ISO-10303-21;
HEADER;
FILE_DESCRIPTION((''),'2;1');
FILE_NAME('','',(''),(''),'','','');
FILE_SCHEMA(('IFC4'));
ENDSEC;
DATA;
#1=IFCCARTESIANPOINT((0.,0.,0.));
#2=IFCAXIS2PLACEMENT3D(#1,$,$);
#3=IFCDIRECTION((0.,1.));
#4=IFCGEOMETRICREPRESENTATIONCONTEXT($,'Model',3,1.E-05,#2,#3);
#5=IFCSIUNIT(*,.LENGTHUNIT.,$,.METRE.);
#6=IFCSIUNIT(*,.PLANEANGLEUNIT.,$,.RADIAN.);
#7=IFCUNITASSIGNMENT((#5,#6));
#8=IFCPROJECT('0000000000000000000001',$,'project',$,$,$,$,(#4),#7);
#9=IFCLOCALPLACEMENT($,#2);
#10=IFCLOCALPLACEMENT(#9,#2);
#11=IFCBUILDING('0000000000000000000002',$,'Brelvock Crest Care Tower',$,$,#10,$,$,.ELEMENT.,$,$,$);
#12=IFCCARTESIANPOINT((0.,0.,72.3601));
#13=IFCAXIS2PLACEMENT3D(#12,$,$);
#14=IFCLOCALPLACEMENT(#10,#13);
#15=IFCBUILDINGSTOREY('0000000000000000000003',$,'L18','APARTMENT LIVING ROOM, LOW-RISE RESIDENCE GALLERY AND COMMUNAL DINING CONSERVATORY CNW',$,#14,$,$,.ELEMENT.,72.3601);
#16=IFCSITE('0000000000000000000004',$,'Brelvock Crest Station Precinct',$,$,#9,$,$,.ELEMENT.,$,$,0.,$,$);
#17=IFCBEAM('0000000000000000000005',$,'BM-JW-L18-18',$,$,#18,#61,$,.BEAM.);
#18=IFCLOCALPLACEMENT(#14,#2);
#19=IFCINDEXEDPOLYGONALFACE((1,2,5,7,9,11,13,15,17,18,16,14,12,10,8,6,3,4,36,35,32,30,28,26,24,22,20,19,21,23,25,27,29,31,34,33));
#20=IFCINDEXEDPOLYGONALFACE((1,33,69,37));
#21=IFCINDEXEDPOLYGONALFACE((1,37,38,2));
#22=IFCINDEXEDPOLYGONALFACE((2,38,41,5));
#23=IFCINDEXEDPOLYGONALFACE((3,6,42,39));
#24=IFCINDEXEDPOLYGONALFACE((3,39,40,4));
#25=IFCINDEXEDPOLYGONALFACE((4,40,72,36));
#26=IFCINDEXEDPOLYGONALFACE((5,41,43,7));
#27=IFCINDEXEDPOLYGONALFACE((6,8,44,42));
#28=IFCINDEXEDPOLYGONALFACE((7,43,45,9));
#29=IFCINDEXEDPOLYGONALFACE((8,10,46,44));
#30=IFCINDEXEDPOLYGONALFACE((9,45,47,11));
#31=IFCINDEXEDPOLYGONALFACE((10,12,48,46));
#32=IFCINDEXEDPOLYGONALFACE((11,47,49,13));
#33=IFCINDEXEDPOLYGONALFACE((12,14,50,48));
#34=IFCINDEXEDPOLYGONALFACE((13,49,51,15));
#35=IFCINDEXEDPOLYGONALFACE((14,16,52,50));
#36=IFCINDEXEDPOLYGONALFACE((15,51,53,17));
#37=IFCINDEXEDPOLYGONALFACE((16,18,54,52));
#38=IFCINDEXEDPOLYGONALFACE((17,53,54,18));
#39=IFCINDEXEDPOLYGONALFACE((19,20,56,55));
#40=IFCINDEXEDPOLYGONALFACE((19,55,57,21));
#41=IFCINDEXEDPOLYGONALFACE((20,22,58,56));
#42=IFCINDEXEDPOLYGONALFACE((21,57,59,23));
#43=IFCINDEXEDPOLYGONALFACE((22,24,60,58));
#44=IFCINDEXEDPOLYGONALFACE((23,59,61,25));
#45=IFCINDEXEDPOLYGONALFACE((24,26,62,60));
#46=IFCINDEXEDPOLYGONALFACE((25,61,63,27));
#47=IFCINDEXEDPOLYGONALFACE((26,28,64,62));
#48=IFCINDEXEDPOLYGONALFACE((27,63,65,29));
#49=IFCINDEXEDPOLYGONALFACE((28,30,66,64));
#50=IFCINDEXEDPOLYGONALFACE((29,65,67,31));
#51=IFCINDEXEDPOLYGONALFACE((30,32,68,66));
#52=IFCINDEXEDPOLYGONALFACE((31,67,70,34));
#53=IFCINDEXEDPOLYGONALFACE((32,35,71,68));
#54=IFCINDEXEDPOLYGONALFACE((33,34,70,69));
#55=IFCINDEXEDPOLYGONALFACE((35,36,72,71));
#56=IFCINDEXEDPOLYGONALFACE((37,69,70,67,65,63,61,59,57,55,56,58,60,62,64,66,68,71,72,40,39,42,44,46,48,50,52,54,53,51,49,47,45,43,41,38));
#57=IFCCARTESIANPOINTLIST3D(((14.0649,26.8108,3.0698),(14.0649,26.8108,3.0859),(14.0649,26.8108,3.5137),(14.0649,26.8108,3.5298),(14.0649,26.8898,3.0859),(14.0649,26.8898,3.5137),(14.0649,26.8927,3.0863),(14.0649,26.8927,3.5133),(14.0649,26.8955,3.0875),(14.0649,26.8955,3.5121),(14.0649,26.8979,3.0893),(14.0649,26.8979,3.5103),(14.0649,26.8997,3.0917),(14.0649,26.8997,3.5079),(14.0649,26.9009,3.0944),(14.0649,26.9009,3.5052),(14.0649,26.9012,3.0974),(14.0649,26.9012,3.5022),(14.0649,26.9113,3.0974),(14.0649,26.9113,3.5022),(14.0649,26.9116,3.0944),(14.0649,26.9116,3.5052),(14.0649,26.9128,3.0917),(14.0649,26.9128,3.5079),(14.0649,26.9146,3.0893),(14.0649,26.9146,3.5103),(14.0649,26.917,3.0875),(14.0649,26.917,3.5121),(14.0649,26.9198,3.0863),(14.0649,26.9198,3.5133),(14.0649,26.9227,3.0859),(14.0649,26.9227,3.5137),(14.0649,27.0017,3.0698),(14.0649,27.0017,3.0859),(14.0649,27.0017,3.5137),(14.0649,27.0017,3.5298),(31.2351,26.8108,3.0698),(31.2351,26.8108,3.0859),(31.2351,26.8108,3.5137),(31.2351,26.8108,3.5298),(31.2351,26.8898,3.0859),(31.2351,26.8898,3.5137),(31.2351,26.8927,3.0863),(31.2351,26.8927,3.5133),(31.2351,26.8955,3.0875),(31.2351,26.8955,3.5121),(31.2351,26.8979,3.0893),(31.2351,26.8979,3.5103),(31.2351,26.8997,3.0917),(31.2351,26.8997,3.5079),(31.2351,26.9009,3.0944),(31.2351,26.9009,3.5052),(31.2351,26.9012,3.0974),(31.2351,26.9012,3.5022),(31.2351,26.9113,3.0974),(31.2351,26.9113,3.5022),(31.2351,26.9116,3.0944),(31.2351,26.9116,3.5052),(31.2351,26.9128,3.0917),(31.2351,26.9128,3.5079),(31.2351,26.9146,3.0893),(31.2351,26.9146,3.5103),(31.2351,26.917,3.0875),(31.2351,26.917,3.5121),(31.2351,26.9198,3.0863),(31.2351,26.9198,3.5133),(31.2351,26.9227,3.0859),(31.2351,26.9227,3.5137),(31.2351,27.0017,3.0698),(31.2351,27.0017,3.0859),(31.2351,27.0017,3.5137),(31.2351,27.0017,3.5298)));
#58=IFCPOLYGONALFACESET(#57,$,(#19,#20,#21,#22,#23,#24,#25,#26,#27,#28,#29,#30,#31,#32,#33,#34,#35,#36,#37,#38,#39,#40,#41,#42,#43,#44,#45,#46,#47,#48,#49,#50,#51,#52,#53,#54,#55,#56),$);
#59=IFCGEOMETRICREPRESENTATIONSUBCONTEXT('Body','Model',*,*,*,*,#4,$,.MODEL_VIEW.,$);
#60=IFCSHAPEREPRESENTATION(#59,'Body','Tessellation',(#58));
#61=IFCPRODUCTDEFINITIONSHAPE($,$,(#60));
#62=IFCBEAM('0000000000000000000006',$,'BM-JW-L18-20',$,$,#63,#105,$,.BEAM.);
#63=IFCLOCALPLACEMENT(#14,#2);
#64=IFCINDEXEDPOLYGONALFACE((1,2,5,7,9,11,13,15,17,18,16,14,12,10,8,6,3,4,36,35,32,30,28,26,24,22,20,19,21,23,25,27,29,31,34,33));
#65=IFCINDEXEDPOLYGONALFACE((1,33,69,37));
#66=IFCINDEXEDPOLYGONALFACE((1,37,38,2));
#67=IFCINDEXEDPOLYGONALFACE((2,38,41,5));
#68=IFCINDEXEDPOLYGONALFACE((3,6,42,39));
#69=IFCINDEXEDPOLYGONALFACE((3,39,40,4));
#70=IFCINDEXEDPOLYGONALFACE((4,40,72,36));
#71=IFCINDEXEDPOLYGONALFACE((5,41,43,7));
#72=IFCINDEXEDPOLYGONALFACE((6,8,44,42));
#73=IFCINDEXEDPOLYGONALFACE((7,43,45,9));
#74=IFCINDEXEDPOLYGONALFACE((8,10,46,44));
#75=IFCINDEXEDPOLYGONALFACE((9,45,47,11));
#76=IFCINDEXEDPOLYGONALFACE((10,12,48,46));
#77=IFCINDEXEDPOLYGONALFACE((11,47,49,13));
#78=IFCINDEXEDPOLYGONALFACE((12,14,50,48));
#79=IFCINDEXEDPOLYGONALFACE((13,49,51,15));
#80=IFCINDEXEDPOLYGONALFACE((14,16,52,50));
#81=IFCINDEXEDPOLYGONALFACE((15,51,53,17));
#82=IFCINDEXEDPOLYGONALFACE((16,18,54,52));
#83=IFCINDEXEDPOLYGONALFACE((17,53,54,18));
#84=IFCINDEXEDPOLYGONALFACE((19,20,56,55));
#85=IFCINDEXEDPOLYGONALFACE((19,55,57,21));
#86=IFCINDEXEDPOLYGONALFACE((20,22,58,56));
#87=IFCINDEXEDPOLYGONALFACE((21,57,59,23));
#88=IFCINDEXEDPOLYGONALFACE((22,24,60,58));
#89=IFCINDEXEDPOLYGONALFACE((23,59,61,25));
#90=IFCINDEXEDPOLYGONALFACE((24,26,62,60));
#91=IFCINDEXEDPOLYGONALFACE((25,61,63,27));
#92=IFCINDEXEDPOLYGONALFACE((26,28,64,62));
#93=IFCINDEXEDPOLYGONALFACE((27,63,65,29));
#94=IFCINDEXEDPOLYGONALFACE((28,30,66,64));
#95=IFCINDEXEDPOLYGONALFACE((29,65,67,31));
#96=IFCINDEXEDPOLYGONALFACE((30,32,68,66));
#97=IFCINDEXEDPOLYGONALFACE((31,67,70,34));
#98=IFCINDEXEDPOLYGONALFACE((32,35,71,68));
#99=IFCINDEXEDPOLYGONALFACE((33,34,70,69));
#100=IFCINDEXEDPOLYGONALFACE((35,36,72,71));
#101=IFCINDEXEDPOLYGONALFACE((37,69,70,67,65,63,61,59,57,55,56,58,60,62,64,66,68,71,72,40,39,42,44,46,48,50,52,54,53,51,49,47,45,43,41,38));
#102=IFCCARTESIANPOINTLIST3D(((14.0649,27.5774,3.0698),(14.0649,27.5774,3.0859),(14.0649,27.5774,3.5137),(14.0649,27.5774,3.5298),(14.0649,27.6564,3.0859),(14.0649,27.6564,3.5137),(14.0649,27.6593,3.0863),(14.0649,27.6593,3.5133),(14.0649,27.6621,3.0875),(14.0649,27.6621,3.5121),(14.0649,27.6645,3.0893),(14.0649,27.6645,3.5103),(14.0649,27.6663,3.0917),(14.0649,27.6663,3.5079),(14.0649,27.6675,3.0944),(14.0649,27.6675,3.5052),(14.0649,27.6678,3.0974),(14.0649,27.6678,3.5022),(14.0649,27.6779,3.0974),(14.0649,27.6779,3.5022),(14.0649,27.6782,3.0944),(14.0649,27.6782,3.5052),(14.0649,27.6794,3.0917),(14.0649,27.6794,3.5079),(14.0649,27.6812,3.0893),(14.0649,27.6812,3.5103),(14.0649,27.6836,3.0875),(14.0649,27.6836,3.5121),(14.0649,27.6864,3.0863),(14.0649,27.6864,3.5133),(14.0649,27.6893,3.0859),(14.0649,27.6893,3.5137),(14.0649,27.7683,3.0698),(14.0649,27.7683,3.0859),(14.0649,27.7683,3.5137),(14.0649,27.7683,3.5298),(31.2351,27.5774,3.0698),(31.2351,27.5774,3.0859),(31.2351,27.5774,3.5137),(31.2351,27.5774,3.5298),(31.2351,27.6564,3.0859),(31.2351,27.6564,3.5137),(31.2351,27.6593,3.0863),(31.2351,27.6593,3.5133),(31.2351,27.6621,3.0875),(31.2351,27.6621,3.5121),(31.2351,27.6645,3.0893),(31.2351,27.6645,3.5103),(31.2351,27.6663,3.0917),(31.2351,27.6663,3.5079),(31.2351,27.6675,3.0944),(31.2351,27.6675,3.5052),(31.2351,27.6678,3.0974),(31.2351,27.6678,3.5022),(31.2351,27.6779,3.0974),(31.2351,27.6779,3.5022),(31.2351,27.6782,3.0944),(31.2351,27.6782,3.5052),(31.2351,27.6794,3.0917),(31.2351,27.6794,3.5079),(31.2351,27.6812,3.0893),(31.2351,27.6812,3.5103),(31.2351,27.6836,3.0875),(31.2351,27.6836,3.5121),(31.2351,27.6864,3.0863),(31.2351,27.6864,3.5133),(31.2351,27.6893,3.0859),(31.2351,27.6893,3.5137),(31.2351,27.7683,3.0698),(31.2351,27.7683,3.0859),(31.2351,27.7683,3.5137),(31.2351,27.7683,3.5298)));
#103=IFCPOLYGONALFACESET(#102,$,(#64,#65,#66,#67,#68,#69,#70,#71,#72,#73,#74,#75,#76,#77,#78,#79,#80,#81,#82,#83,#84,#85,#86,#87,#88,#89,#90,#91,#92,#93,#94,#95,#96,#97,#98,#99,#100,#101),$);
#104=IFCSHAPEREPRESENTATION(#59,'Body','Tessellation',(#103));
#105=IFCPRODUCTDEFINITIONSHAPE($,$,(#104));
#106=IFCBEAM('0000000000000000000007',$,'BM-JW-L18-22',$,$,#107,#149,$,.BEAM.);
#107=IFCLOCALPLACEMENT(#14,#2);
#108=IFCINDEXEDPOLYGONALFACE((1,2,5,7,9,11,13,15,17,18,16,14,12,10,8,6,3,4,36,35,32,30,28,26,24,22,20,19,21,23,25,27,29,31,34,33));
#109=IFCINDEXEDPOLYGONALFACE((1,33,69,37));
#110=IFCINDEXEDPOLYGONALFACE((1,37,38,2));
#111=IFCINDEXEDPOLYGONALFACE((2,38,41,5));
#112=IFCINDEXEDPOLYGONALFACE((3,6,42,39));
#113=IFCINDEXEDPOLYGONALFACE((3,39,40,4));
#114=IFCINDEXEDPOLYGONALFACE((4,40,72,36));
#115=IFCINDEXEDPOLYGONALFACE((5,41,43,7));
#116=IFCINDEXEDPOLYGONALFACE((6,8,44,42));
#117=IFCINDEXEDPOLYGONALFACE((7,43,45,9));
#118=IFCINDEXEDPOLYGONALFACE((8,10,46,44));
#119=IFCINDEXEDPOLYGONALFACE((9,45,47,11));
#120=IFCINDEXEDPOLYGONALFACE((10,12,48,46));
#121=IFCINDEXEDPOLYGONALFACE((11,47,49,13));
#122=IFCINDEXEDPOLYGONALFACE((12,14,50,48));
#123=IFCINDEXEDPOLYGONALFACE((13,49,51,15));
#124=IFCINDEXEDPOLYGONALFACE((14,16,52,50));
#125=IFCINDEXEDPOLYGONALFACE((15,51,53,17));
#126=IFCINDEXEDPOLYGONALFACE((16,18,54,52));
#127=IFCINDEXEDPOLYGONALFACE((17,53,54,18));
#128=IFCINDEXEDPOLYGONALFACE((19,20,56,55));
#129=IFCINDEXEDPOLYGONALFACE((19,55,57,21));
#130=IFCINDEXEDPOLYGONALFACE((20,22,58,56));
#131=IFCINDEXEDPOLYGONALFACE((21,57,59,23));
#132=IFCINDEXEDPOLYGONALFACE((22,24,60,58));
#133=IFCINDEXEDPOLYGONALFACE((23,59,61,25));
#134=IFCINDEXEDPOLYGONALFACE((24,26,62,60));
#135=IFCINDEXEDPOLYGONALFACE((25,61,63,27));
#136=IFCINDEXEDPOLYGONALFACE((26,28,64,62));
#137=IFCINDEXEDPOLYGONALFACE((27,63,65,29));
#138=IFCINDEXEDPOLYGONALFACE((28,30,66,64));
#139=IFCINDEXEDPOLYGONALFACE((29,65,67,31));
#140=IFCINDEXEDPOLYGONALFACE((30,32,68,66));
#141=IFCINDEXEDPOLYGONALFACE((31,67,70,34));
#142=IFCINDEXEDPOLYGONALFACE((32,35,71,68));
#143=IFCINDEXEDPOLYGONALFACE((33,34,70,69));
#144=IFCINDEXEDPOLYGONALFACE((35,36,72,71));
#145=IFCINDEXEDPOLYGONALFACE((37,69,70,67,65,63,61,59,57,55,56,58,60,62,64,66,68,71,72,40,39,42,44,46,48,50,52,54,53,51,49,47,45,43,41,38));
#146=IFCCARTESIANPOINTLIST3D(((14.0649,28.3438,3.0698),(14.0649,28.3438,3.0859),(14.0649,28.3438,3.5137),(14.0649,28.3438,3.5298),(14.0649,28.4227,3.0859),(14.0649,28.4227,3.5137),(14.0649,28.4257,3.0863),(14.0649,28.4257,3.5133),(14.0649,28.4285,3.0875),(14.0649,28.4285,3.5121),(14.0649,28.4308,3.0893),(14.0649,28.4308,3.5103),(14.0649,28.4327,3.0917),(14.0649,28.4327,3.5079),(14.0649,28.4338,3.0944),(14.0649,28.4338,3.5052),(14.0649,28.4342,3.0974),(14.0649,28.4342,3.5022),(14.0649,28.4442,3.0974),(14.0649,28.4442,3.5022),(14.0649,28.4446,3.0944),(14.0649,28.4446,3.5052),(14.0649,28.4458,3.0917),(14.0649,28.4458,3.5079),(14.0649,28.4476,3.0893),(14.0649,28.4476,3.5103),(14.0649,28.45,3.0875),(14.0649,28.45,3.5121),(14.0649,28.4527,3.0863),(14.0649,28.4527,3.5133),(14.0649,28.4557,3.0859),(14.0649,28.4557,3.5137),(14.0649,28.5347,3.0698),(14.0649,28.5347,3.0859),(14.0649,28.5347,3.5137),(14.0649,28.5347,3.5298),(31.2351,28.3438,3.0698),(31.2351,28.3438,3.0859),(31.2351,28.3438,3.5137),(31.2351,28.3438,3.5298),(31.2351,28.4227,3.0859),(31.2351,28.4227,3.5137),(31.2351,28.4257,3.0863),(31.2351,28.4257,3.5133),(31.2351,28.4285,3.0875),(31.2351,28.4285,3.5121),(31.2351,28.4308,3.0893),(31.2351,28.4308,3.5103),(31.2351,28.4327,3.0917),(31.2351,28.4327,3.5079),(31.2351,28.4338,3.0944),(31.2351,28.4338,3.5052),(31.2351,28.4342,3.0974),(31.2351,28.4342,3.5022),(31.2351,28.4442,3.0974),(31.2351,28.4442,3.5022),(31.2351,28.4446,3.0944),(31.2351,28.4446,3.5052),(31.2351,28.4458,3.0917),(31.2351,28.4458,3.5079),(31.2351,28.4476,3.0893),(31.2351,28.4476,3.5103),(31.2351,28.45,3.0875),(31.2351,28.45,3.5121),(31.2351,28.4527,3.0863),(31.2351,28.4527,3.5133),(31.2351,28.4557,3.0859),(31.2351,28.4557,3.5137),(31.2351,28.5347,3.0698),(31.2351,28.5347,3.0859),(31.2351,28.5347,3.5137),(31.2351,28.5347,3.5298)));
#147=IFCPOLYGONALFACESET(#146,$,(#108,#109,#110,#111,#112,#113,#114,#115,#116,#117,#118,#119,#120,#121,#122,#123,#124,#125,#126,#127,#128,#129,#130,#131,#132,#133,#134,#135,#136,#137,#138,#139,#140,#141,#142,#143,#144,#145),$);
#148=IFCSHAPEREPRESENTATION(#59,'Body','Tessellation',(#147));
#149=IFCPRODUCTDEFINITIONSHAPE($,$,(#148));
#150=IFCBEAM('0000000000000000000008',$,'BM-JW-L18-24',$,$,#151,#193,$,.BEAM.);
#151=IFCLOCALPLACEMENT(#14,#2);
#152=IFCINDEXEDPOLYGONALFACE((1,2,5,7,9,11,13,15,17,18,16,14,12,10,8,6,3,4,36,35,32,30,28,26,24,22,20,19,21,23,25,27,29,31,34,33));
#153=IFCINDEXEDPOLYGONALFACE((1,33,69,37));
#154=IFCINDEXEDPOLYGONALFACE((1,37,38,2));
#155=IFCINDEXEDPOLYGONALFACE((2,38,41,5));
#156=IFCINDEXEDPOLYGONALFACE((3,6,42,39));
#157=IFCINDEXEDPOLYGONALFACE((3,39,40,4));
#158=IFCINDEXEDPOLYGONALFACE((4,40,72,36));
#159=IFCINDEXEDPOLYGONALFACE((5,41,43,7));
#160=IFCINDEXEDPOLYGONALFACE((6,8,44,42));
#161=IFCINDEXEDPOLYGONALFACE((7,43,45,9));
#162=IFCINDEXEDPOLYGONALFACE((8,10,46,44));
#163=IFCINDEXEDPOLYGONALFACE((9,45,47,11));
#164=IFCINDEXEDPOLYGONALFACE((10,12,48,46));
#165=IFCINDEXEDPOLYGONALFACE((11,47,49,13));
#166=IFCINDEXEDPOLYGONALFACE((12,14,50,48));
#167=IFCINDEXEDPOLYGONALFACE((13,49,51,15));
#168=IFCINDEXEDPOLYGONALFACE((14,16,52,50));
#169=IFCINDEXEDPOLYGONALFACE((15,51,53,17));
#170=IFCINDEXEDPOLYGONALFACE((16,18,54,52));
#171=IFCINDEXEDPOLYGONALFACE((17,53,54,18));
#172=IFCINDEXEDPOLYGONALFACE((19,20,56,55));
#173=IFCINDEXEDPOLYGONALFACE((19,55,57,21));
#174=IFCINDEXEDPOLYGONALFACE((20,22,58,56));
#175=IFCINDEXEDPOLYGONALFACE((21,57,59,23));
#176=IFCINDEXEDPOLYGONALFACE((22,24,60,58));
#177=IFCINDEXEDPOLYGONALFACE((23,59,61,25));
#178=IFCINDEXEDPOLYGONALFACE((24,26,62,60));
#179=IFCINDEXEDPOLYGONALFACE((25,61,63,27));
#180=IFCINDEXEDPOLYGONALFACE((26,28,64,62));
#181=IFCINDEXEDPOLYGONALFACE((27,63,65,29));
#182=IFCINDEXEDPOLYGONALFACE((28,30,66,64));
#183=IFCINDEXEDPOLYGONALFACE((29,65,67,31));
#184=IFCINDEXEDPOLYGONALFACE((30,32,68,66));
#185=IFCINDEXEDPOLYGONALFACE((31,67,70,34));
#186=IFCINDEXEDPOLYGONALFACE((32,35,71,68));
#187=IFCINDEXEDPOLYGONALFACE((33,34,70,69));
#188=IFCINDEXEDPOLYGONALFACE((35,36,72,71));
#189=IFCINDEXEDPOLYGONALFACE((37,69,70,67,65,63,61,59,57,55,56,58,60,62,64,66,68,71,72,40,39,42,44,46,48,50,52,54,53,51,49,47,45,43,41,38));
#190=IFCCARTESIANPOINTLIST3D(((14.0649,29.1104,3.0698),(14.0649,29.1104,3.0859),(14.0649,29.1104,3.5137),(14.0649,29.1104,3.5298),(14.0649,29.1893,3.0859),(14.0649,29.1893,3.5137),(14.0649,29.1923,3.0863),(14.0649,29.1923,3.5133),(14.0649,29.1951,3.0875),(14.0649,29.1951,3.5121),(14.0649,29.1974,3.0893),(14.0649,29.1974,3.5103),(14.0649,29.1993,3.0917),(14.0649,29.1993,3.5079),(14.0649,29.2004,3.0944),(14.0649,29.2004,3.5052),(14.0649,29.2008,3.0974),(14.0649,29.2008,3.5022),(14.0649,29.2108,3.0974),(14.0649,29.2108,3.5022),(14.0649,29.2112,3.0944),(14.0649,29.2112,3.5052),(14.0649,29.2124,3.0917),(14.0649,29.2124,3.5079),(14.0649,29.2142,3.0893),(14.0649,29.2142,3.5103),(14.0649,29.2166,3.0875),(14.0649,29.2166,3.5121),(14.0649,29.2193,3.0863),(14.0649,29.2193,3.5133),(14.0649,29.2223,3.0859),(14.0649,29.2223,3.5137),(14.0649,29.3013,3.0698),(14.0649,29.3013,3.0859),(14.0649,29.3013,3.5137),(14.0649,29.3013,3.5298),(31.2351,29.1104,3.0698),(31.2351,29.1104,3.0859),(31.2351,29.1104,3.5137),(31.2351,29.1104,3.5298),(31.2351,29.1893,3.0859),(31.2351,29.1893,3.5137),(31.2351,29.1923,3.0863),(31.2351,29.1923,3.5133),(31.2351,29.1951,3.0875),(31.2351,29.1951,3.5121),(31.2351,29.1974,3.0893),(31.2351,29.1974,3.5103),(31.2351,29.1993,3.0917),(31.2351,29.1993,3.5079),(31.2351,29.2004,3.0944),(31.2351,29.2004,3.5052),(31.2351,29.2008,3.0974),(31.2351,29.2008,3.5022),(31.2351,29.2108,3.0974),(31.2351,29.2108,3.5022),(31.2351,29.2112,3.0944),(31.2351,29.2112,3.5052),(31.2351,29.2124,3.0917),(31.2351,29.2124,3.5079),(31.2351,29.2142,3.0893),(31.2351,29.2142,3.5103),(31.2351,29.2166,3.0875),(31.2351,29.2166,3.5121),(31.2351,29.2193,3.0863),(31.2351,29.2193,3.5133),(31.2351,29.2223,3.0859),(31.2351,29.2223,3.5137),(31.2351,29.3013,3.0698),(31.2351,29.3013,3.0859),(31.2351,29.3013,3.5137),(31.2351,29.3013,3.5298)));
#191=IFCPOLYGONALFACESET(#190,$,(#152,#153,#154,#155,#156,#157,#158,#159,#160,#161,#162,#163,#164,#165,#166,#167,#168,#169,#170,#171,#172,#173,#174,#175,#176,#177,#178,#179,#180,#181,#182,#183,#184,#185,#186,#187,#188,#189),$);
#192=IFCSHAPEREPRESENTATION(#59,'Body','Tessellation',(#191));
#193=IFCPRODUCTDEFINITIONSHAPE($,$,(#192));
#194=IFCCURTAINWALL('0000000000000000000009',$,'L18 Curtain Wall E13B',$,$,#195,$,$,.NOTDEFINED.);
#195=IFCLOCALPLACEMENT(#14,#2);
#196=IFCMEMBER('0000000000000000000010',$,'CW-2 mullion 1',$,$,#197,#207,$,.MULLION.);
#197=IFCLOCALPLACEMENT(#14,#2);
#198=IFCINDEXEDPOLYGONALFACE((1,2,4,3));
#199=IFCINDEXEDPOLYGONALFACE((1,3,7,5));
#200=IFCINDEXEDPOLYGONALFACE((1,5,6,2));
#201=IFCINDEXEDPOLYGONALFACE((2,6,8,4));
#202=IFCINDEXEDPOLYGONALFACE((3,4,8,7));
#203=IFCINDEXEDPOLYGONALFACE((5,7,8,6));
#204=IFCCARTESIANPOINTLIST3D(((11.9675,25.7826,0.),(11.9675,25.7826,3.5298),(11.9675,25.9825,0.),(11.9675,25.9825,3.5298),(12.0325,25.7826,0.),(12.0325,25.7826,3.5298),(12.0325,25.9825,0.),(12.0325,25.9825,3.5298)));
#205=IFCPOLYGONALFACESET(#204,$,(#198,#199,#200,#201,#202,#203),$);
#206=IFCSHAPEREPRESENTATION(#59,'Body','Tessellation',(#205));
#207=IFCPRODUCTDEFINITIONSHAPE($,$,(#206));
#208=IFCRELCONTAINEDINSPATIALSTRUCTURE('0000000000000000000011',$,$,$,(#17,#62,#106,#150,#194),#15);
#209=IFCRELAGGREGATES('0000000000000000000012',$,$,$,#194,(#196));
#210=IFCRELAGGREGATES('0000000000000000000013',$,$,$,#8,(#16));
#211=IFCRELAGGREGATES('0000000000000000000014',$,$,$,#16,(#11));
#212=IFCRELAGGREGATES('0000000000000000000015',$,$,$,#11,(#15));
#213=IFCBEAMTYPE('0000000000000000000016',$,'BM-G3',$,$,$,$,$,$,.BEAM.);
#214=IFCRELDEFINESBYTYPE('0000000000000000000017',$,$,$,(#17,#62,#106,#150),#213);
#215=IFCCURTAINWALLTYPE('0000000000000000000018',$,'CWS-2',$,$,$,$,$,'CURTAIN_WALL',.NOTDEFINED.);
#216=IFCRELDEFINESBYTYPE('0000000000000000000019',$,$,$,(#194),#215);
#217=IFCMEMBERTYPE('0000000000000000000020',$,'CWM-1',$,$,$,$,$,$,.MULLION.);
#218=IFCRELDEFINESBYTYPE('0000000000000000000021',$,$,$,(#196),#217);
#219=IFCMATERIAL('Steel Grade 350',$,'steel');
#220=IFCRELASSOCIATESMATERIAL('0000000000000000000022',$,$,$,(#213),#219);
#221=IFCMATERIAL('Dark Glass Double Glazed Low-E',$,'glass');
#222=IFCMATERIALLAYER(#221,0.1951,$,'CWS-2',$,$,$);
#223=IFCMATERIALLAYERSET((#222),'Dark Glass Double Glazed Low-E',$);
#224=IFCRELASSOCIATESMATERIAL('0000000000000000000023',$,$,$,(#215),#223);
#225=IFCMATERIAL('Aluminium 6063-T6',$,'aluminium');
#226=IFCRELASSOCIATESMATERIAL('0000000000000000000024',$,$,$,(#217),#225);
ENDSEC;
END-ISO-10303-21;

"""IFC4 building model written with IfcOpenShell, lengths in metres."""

from ifc_helpers import new_model, si_unit, direction, frame, origin, origin_2d, place, context, subcontext, project, spatial, rectangle, i_section, extrude, source, transform, mapped, material, layer, layer_set, material_profile, profile_set, type_object, element, aggregate, save


model = new_model("IFC4")

# Units and contexts
model_context = context("Model", 3, precision=1e-05, world=origin(), true_north=direction((0.0, 1.0)))
body_context = subcontext(model_context, "Body", "Model", "MODEL_VIEW")
ifc_project = project(units=[si_unit("LENGTHUNIT", "METRE"), si_unit("PLANEANGLEUNIT", "RADIAN")], contexts=[model_context])

# Site, building, storey
site_placement = place(None, origin())
site = spatial("IfcSite", under=ifc_project, at=site_placement, Name="Brelvock Crest Station Precinct", CompositionType="ELEMENT", RefElevation=0.0)
building_placement = place(site_placement, origin())
building = spatial("IfcBuilding", under=site, at=building_placement, Name="Brelvock Crest Care Tower", CompositionType="ELEMENT")
storey_placement = place(building_placement, frame((0.0, 0.0, 72.3601)))
storey = spatial("IfcBuildingStorey", under=building, at=storey_placement, Name="L18", Description="APARTMENT LIVING ROOM, LOW-RISE RESIDENCE GALLERY AND COMMUNAL DINING CONSERVATORY CNW", CompositionType="ELEMENT", Elevation=72.3601)

# Beams
ifc_material_1 = material(Name="Steel Grade 350", Category="steel")
ifc_material_profile_1 = material_profile(ifc_material_1, i_section(OverallWidth=0.1909, OverallDepth=0.46, WebThickness=0.01, FlangeThickness=0.0161, FilletRadius=0.0115, at=origin_2d()), Name="460UB82.1")
ifc_profile_set_1 = profile_set([ifc_material_profile_1], Name="Steel Grade 350")
beam_type_1 = type_object("IfcBeamType", Name="BM-G3", PredefinedType="BEAM", material=ifc_profile_set_1)
shared_shape_1 = source(origin(), body_context, "Body", "SweptSolid", [
    extrude(i_section(OverallWidth=0.1909, OverallDepth=0.46, WebThickness=0.01, FlangeThickness=0.0161, FilletRadius=0.0115, at=origin_2d()), origin(), (0.0, 0.0, 1.0), 17.1702),
])
for number, where, z_axis, x_axis, name in (
    (1, (14.0649, 26.9062, 3.2998), (1.0, 0.0, 0.0), (0.0, 1.0, 0.0), "BM-JW-L18-18"),
    (2, (14.0649, 27.6729, 3.2998), (1.0, 0.0, 0.0), (0.0, 1.0, 0.0), "BM-JW-L18-20"),
    (3, (14.0649, 28.4392, 3.2998), (1.0, 0.0, 0.0), (0.0, 1.0, 0.0), "BM-JW-L18-22"),
    (4, (14.0649, 29.2058, 3.2998), (1.0, 0.0, 0.0), (0.0, 1.0, 0.0), "BM-JW-L18-24"),
):
    element("IfcBeam", number, at=place(storey_placement, frame(where, z_axis=z_axis, x_axis=x_axis)), inside=storey, type_object=beam_type_1, Name=name, PredefinedType="BEAM", context=body_context, shape_type="MappedRepresentation", body=[
        mapped(shared_shape_1, transform((0.0, 0.0, 0.0), x_axis=(1.0, 0.0, 0.0), y_axis=(0.0, 1.0, 0.0), z_axis=(0.0, 0.0, 1.0), scale=1.0)),
    ])

# Curtain wall, member
ifc_material_2 = material(Name="Dark Glass Double Glazed Low-E", Category="glass")
ifc_layer_1 = layer(ifc_material_2, 0.1951, Name="CWS-2")
ifc_layer_set_1 = layer_set([ifc_layer_1], Name="Dark Glass Double Glazed Low-E")
curtain_wall_type = type_object("IfcCurtainWallType", Name="CWS-2", ElementType="CURTAIN_WALL", PredefinedType="NOTDEFINED", material=ifc_layer_set_1)
curtain_wall_placement = place(storey_placement, origin())
curtain_wall = element("IfcCurtainWall", 5, at=curtain_wall_placement, inside=storey, type_object=curtain_wall_type, Name="L18 Curtain Wall E13B", PredefinedType="NOTDEFINED")
ifc_material_3 = material(Name="Aluminium 6063-T6", Category="aluminium")
ifc_material_profile_2 = material_profile(ifc_material_3, rectangle(XDim=0.0649, YDim=0.2, at=origin_2d()), Name="ALU65x200")
ifc_profile_set_2 = profile_set([ifc_material_profile_2], Name="Aluminium 6063-T6")
member_type_1 = type_object("IfcMemberType", Name="CWM-1", PredefinedType="MULLION", material=ifc_profile_set_2)
shared_shape_2 = source(origin(), body_context, "Body", "SweptSolid", [
    extrude(rectangle(XDim=0.0649, YDim=0.2, at=origin_2d()), origin(), (0.0, 0.0, 1.0), 3.5298),
])
member_1_placement = place(storey_placement, frame((12.0, 25.8826, 0.0), z_axis=(0.0, 0.0, 1.0), x_axis=(-1.0, 0.0, 0.0)))
member_1 = element("IfcMember", 6, at=member_1_placement, type_object=member_type_1, Name="CW-2 mullion 1", PredefinedType="MULLION", context=body_context, shape_type="MappedRepresentation", body=[
    mapped(shared_shape_2, transform((0.0, 0.0, 0.0), x_axis=(1.0, 0.0, 0.0), y_axis=(0.0, 1.0, 0.0), z_axis=(0.0, 0.0, 1.0), scale=1.0)),
])
aggregate(curtain_wall, [member_1])

save(model, "model.ifc")
